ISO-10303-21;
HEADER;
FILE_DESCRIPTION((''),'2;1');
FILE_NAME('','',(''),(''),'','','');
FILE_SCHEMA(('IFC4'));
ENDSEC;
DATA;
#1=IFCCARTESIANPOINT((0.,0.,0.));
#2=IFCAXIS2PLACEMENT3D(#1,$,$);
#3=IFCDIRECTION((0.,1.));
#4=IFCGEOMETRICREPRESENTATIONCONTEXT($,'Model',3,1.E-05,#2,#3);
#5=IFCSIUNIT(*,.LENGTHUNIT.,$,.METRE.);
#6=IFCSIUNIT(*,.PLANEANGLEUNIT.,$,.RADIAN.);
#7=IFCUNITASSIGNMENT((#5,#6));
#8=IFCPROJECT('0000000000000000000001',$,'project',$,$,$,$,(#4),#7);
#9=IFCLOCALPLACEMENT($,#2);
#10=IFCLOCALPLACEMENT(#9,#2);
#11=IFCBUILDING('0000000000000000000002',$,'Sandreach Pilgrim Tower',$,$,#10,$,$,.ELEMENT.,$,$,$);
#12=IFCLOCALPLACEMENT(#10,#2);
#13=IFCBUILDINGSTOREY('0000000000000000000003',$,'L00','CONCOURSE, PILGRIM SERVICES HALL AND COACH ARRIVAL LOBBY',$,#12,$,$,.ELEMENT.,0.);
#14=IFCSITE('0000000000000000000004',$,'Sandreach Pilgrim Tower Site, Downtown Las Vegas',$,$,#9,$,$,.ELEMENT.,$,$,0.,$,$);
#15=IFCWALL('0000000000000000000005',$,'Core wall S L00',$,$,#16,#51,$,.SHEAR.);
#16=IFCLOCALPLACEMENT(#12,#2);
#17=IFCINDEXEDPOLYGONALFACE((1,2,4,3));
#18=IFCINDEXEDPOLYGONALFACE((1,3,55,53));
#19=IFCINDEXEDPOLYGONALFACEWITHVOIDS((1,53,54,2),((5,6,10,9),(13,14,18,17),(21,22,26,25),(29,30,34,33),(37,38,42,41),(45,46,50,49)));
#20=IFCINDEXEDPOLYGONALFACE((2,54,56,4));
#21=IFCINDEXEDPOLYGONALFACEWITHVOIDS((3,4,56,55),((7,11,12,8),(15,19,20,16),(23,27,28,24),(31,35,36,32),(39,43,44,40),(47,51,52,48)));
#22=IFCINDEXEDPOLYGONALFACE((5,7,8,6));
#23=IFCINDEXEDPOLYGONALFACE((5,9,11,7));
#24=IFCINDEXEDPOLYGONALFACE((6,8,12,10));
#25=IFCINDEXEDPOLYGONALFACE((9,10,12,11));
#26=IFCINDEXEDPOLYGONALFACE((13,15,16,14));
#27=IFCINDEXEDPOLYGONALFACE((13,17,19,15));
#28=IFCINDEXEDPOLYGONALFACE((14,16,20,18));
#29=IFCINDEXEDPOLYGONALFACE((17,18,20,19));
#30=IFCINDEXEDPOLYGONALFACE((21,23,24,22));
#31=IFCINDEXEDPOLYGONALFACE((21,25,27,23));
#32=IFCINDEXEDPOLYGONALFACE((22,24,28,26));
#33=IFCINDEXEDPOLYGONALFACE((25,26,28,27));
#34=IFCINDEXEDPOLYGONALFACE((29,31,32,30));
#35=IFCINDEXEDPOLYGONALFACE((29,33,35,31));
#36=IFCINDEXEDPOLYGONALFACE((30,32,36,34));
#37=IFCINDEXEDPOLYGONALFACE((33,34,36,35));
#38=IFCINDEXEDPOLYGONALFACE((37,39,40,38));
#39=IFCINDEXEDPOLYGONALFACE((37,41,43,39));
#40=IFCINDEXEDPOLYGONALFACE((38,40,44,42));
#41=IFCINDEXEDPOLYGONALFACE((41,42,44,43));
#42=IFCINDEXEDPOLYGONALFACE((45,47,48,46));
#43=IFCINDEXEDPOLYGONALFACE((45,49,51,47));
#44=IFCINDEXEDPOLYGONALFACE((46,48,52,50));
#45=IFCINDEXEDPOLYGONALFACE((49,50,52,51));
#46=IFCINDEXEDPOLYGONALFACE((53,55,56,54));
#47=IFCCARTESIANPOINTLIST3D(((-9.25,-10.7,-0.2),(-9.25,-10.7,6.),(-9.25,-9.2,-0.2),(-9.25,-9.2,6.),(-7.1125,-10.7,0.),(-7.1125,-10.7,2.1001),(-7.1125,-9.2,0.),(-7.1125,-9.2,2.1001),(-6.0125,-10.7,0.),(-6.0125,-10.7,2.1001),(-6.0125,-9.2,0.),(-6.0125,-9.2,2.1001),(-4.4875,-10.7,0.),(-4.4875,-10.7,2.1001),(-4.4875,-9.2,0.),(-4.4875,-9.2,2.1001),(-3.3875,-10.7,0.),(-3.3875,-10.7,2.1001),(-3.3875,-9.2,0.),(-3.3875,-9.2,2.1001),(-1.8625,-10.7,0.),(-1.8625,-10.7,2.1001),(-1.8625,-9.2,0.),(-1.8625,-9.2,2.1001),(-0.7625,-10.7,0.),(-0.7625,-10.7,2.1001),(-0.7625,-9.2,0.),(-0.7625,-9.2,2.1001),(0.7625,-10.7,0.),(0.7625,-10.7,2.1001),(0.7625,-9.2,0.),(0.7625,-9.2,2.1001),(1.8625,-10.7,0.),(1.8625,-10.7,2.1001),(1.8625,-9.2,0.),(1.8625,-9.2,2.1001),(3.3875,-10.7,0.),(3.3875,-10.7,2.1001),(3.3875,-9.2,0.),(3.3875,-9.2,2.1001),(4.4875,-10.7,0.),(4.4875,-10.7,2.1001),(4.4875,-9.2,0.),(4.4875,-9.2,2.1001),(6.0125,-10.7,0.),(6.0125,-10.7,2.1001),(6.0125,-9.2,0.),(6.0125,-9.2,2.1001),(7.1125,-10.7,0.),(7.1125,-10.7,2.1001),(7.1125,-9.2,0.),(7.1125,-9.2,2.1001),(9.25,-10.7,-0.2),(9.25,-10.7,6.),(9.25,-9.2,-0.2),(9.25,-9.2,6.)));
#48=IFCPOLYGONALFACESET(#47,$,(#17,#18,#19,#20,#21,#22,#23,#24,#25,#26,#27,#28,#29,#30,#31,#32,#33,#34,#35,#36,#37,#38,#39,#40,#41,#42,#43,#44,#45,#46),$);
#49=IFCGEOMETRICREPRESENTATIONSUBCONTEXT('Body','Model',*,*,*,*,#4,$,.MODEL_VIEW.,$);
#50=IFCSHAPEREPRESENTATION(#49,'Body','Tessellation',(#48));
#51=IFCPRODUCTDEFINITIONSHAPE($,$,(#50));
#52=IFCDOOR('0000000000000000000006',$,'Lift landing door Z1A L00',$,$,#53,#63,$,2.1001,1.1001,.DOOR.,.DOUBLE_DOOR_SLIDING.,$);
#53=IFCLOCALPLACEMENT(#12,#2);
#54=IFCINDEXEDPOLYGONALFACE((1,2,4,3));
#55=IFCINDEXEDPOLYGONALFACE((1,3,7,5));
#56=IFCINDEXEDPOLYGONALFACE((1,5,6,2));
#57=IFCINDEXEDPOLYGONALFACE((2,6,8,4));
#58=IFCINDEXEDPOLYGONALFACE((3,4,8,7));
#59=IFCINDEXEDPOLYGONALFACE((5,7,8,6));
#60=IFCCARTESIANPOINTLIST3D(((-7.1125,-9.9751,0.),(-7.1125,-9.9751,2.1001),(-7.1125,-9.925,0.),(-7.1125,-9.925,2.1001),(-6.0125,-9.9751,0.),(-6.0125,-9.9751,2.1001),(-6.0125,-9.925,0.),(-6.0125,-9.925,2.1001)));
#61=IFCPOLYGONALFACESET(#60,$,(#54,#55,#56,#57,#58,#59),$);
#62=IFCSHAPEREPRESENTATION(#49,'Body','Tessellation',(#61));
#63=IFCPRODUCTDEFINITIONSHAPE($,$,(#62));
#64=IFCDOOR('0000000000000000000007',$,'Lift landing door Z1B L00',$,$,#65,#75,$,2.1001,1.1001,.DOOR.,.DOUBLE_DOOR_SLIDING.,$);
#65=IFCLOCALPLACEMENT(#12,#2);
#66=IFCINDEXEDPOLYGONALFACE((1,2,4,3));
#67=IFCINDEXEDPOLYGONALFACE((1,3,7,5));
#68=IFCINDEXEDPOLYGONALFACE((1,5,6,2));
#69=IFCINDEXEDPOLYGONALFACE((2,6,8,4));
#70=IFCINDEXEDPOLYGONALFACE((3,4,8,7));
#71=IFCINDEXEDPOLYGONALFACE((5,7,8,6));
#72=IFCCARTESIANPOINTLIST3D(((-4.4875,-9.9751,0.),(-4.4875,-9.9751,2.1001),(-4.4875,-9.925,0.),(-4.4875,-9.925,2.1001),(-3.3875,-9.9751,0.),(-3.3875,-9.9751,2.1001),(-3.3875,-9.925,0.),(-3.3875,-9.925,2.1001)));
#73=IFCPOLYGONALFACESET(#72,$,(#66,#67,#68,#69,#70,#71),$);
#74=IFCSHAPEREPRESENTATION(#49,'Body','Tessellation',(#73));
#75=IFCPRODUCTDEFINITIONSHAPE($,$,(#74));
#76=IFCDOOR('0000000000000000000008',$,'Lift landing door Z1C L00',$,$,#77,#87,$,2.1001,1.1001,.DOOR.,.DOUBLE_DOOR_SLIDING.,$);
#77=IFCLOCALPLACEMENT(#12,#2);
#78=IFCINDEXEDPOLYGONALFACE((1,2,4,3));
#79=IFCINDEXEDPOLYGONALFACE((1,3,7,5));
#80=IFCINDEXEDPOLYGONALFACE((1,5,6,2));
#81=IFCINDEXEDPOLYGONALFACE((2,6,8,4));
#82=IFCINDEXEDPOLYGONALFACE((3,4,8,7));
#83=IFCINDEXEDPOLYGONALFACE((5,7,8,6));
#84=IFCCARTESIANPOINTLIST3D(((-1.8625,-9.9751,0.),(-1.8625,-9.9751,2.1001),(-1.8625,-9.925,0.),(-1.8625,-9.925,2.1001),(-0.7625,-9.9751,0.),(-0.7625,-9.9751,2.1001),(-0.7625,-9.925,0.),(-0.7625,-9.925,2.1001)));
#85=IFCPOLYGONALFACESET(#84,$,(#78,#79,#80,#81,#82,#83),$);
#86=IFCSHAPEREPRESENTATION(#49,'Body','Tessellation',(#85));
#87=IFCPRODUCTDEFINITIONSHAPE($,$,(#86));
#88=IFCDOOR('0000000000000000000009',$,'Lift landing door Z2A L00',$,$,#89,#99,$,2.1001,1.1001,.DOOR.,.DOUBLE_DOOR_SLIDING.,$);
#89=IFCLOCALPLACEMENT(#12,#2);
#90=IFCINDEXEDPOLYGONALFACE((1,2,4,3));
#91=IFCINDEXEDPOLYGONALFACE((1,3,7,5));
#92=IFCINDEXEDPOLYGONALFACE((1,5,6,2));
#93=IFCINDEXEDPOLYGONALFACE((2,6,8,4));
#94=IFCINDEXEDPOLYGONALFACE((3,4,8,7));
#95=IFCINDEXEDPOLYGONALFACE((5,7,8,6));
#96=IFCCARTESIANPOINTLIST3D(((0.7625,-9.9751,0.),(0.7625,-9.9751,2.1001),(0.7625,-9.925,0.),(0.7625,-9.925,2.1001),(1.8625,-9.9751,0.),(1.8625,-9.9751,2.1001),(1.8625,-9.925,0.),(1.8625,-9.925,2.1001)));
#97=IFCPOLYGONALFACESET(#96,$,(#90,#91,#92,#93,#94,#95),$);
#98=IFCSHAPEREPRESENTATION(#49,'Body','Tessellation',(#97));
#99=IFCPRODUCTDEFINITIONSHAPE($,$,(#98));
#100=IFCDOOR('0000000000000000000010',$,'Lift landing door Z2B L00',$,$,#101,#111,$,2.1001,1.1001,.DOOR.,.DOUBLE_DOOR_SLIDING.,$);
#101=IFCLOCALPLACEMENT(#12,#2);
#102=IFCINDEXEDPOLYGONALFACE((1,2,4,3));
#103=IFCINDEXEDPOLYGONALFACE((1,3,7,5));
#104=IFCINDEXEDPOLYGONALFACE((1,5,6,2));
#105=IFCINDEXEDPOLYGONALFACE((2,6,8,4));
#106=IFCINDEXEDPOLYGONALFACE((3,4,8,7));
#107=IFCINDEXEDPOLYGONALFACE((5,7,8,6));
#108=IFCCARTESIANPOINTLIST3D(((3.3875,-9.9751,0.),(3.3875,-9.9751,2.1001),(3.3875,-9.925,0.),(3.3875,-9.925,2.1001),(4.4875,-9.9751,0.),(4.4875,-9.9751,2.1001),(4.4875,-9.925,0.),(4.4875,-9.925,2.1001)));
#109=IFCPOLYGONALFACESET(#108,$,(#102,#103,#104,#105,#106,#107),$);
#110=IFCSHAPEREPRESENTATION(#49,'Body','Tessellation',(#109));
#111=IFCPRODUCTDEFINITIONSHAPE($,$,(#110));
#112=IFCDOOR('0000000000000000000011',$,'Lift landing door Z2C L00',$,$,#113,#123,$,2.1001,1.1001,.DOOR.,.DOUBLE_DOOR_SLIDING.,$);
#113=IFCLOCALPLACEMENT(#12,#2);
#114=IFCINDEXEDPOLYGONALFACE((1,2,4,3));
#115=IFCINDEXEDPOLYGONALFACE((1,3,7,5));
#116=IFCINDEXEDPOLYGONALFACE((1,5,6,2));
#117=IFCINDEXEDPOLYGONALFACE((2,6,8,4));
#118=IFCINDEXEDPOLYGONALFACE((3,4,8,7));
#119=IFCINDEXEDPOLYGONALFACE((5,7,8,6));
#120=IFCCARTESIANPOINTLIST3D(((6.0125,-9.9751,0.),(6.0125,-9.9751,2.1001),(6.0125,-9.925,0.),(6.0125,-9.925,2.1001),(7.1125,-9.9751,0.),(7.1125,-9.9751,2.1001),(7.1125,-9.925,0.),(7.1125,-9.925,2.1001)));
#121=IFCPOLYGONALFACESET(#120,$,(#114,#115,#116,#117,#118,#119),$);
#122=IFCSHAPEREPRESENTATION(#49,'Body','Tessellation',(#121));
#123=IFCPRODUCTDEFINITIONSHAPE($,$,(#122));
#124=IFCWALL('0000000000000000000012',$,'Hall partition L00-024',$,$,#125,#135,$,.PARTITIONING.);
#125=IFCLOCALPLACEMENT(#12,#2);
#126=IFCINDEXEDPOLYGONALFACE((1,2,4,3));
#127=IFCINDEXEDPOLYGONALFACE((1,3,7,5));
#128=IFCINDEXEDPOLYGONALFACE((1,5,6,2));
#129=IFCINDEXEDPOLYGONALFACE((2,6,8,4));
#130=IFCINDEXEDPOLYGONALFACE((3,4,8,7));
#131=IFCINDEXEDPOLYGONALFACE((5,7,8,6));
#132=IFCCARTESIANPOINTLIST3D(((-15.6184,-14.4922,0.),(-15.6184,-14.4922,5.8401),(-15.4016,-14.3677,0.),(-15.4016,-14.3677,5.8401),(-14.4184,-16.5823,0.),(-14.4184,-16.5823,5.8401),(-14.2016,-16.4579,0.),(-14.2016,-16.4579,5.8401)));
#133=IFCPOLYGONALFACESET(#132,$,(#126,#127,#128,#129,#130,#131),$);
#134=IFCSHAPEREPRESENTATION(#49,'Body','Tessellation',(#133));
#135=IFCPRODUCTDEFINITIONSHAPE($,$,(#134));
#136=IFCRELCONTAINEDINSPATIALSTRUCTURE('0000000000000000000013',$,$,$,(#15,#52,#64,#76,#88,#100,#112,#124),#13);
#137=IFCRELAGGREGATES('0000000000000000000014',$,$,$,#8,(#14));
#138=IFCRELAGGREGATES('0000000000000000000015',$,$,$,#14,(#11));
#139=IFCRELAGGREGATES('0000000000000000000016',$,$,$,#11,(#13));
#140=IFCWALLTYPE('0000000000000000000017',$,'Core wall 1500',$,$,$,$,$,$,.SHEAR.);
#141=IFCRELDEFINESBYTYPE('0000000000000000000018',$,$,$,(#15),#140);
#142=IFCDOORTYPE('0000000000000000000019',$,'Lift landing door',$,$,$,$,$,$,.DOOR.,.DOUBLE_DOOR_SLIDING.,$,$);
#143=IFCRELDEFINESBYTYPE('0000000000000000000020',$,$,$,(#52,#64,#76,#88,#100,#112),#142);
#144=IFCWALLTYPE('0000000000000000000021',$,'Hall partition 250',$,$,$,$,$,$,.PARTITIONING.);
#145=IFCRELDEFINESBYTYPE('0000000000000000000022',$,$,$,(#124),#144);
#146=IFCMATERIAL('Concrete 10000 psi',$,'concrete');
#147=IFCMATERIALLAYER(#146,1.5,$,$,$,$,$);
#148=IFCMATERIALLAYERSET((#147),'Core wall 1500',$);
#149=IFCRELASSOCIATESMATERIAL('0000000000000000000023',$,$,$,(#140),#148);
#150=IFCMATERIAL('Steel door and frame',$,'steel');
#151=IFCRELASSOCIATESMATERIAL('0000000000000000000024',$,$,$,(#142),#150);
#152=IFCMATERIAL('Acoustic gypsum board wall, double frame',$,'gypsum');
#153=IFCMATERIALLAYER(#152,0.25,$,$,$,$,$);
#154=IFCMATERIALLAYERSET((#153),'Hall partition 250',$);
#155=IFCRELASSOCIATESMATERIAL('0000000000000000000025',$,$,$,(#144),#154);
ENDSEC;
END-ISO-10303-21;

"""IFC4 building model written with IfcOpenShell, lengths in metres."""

from ifc_helpers import new_model, si_unit, direction, frame, frame_2d, origin, place, context, subcontext, project, spatial, rectangle, extrude, material, layer, layer_set, type_object, element, fill, save


model = new_model("IFC4")

# Units and contexts
model_context = context("Model", 3, precision=1e-05, world=origin(), true_north=direction((0.0, 1.0)))
body_context = subcontext(model_context, "Body", "Model", "MODEL_VIEW")
ifc_project = project(units=[si_unit("LENGTHUNIT", "METRE"), si_unit("PLANEANGLEUNIT", "RADIAN")], contexts=[model_context])

# Site, building, storey
site_placement = place(None, origin())
site = spatial("IfcSite", under=ifc_project, at=site_placement, Name="Sandreach Pilgrim Tower Site, Downtown Las Vegas", CompositionType="ELEMENT", RefElevation=0.0)
building_placement = place(site_placement, origin())
building = spatial("IfcBuilding", under=site, at=building_placement, Name="Sandreach Pilgrim Tower", CompositionType="ELEMENT")
storey_placement = place(building_placement, origin())
storey = spatial("IfcBuildingStorey", under=building, at=storey_placement, Name="L00", Description="CONCOURSE, PILGRIM SERVICES HALL AND COACH ARRIVAL LOBBY", CompositionType="ELEMENT", Elevation=0.0)

# Wall, openings, doors
ifc_material_1 = material(Name="Concrete 10000 psi", Category="concrete")
ifc_layer_1 = layer(ifc_material_1, 1.5)
ifc_layer_set_1 = layer_set([ifc_layer_1], Name="Core wall 1500")
wall_type_1 = type_object("IfcWallType", Name="Core wall 1500", PredefinedType="SHEAR", material=ifc_layer_set_1)
wall_1_placement = place(storey_placement, frame((-9.25, -9.95, -0.2), z_axis=(0.0, 0.0, 1.0), x_axis=(1.0, 0.0, 0.0)))
wall_1 = element("IfcWall", 1, at=wall_1_placement, inside=storey, type_object=wall_type_1, Name="Core wall S L00", PredefinedType="SHEAR", context=body_context, shape_type="SweptSolid", body=[
    extrude(rectangle(XDim=18.5, YDim=1.5, at=frame_2d((9.25, 0.0))), origin(), (0.0, 0.0, 1.0), 6.2),
])
opening_1_placement = place(wall_1_placement, frame((2.1375, 0.0, 0.2)))
opening_1 = element("IfcOpeningElement", 2, at=opening_1_placement, cuts=wall_1, PredefinedType="OPENING", context=body_context, shape_type="SweptSolid", body=[
    extrude(rectangle(XDim=1.1001, YDim=2.1001, at=frame_2d((0.55, 1.05))), frame((0.0, 0.75, 0.0), z_axis=(0.0, -1.0, 0.0), x_axis=(1.0, 0.0, 0.0)), (0.0, 0.0, 1.0), 1.5),
])
opening_2_placement = place(wall_1_placement, frame((4.7625, 0.0, 0.2)))
opening_2 = element("IfcOpeningElement", 3, at=opening_2_placement, cuts=wall_1, PredefinedType="OPENING", context=body_context, shape_type="SweptSolid", body=[
    extrude(rectangle(XDim=1.1001, YDim=2.1001, at=frame_2d((0.55, 1.05))), frame((0.0, 0.75, 0.0), z_axis=(0.0, -1.0, 0.0), x_axis=(1.0, 0.0, 0.0)), (0.0, 0.0, 1.0), 1.5),
])
opening_3_placement = place(wall_1_placement, frame((7.3875, 0.0, 0.2)))
opening_3 = element("IfcOpeningElement", 4, at=opening_3_placement, cuts=wall_1, PredefinedType="OPENING", context=body_context, shape_type="SweptSolid", body=[
    extrude(rectangle(XDim=1.1001, YDim=2.1001, at=frame_2d((0.55, 1.05))), frame((0.0, 0.75, 0.0), z_axis=(0.0, -1.0, 0.0), x_axis=(1.0, 0.0, 0.0)), (0.0, 0.0, 1.0), 1.5),
])
opening_4_placement = place(wall_1_placement, frame((10.0125, 0.0, 0.2)))
opening_4 = element("IfcOpeningElement", 5, at=opening_4_placement, cuts=wall_1, PredefinedType="OPENING", context=body_context, shape_type="SweptSolid", body=[
    extrude(rectangle(XDim=1.1001, YDim=2.1001, at=frame_2d((0.55, 1.05))), frame((0.0, 0.75, 0.0), z_axis=(0.0, -1.0, 0.0), x_axis=(1.0, 0.0, 0.0)), (0.0, 0.0, 1.0), 1.5),
])
opening_5_placement = place(wall_1_placement, frame((12.6375, 0.0, 0.2)))
opening_5 = element("IfcOpeningElement", 6, at=opening_5_placement, cuts=wall_1, PredefinedType="OPENING", context=body_context, shape_type="SweptSolid", body=[
    extrude(rectangle(XDim=1.1001, YDim=2.1001, at=frame_2d((0.55, 1.05))), frame((0.0, 0.75, 0.0), z_axis=(0.0, -1.0, 0.0), x_axis=(1.0, 0.0, 0.0)), (0.0, 0.0, 1.0), 1.5),
])
opening_6_placement = place(wall_1_placement, frame((15.2625, 0.0, 0.2)))
opening_6 = element("IfcOpeningElement", 7, at=opening_6_placement, cuts=wall_1, PredefinedType="OPENING", context=body_context, shape_type="SweptSolid", body=[
    extrude(rectangle(XDim=1.1001, YDim=2.1001, at=frame_2d((0.55, 1.05))), frame((0.0, 0.75, 0.0), z_axis=(0.0, -1.0, 0.0), x_axis=(1.0, 0.0, 0.0)), (0.0, 0.0, 1.0), 1.5),
])
ifc_material_2 = material(Name="Steel door and frame", Category="steel")
door_type_1 = type_object("IfcDoorType", Name="Lift landing door", OperationType="DOUBLE_DOOR_SLIDING", PredefinedType="DOOR", material=ifc_material_2)
door_1_placement = place(opening_1_placement, origin())
door_1 = element("IfcDoor", 8, at=door_1_placement, inside=storey, type_object=door_type_1, Name="Lift landing door Z1A L00", OperationType="DOUBLE_DOOR_SLIDING", OverallHeight=2.1001, OverallWidth=1.1001, PredefinedType="DOOR", context=body_context, shape_type="SweptSolid", body=[
    extrude(rectangle(XDim=1.1001, YDim=2.1001, at=frame_2d((0.55, 1.05))), frame((0.0, 0.0249, 0.0), z_axis=(0.0, -1.0, 0.0), x_axis=(1.0, 0.0, 0.0)), (0.0, 0.0, 1.0), 0.05),
])
fill(opening_1, door_1)
door_2_placement = place(opening_2_placement, origin())
door_2 = element("IfcDoor", 9, at=door_2_placement, inside=storey, type_object=door_type_1, Name="Lift landing door Z1B L00", OperationType="DOUBLE_DOOR_SLIDING", OverallHeight=2.1001, OverallWidth=1.1001, PredefinedType="DOOR", context=body_context, shape_type="SweptSolid", body=[
    extrude(rectangle(XDim=1.1001, YDim=2.1001, at=frame_2d((0.55, 1.05))), frame((0.0, 0.0249, 0.0), z_axis=(0.0, -1.0, 0.0), x_axis=(1.0, 0.0, 0.0)), (0.0, 0.0, 1.0), 0.05),
])
fill(opening_2, door_2)
door_3_placement = place(opening_3_placement, origin())
door_3 = element("IfcDoor", 10, at=door_3_placement, inside=storey, type_object=door_type_1, Name="Lift landing door Z1C L00", OperationType="DOUBLE_DOOR_SLIDING", OverallHeight=2.1001, OverallWidth=1.1001, PredefinedType="DOOR", context=body_context, shape_type="SweptSolid", body=[
    extrude(rectangle(XDim=1.1001, YDim=2.1001, at=frame_2d((0.55, 1.05))), frame((0.0, 0.0249, 0.0), z_axis=(0.0, -1.0, 0.0), x_axis=(1.0, 0.0, 0.0)), (0.0, 0.0, 1.0), 0.05),
])
fill(opening_3, door_3)
door_4_placement = place(opening_4_placement, origin())
door_4 = element("IfcDoor", 11, at=door_4_placement, inside=storey, type_object=door_type_1, Name="Lift landing door Z2A L00", OperationType="DOUBLE_DOOR_SLIDING", OverallHeight=2.1001, OverallWidth=1.1001, PredefinedType="DOOR", context=body_context, shape_type="SweptSolid", body=[
    extrude(rectangle(XDim=1.1001, YDim=2.1001, at=frame_2d((0.55, 1.05))), frame((0.0, 0.0249, 0.0), z_axis=(0.0, -1.0, 0.0), x_axis=(1.0, 0.0, 0.0)), (0.0, 0.0, 1.0), 0.05),
])
fill(opening_4, door_4)
door_5_placement = place(opening_5_placement, origin())
door_5 = element("IfcDoor", 12, at=door_5_placement, inside=storey, type_object=door_type_1, Name="Lift landing door Z2B L00", OperationType="DOUBLE_DOOR_SLIDING", OverallHeight=2.1001, OverallWidth=1.1001, PredefinedType="DOOR", context=body_context, shape_type="SweptSolid", body=[
    extrude(rectangle(XDim=1.1001, YDim=2.1001, at=frame_2d((0.55, 1.05))), frame((0.0, 0.0249, 0.0), z_axis=(0.0, -1.0, 0.0), x_axis=(1.0, 0.0, 0.0)), (0.0, 0.0, 1.0), 0.05),
])
fill(opening_5, door_5)
door_6_placement = place(opening_6_placement, origin())
door_6 = element("IfcDoor", 13, at=door_6_placement, inside=storey, type_object=door_type_1, Name="Lift landing door Z2C L00", OperationType="DOUBLE_DOOR_SLIDING", OverallHeight=2.1001, OverallWidth=1.1001, PredefinedType="DOOR", context=body_context, shape_type="SweptSolid", body=[
    extrude(rectangle(XDim=1.1001, YDim=2.1001, at=frame_2d((0.55, 1.05))), frame((0.0, 0.0249, 0.0), z_axis=(0.0, -1.0, 0.0), x_axis=(1.0, 0.0, 0.0)), (0.0, 0.0, 1.0), 0.05),
])
fill(opening_6, door_6)

# Wall
ifc_material_3 = material(Name="Acoustic gypsum board wall, double frame", Category="gypsum")
ifc_layer_2 = layer(ifc_material_3, 0.25)
ifc_layer_set_2 = layer_set([ifc_layer_2], Name="Hall partition 250")
wall_type_2 = type_object("IfcWallType", Name="Hall partition 250", PredefinedType="PARTITIONING", material=ifc_layer_set_2)
wall_2_placement = place(storey_placement, frame((-15.51, -14.4299, 0.0), z_axis=(0.0, 0.0, 1.0), x_axis=(0.497894, -0.867238, 0.0)))
element("IfcWall", 14, at=wall_2_placement, inside=storey, type_object=wall_type_2, Name="Hall partition L00-024", PredefinedType="PARTITIONING", context=body_context, shape_type="SweptSolid", body=[
    extrude(rectangle(XDim=2.4102, YDim=0.25, at=frame_2d((1.2051, 0.0))), origin(), (0.0, 0.0, 1.0), 5.8401),
])

save(model, "model.ifc")
